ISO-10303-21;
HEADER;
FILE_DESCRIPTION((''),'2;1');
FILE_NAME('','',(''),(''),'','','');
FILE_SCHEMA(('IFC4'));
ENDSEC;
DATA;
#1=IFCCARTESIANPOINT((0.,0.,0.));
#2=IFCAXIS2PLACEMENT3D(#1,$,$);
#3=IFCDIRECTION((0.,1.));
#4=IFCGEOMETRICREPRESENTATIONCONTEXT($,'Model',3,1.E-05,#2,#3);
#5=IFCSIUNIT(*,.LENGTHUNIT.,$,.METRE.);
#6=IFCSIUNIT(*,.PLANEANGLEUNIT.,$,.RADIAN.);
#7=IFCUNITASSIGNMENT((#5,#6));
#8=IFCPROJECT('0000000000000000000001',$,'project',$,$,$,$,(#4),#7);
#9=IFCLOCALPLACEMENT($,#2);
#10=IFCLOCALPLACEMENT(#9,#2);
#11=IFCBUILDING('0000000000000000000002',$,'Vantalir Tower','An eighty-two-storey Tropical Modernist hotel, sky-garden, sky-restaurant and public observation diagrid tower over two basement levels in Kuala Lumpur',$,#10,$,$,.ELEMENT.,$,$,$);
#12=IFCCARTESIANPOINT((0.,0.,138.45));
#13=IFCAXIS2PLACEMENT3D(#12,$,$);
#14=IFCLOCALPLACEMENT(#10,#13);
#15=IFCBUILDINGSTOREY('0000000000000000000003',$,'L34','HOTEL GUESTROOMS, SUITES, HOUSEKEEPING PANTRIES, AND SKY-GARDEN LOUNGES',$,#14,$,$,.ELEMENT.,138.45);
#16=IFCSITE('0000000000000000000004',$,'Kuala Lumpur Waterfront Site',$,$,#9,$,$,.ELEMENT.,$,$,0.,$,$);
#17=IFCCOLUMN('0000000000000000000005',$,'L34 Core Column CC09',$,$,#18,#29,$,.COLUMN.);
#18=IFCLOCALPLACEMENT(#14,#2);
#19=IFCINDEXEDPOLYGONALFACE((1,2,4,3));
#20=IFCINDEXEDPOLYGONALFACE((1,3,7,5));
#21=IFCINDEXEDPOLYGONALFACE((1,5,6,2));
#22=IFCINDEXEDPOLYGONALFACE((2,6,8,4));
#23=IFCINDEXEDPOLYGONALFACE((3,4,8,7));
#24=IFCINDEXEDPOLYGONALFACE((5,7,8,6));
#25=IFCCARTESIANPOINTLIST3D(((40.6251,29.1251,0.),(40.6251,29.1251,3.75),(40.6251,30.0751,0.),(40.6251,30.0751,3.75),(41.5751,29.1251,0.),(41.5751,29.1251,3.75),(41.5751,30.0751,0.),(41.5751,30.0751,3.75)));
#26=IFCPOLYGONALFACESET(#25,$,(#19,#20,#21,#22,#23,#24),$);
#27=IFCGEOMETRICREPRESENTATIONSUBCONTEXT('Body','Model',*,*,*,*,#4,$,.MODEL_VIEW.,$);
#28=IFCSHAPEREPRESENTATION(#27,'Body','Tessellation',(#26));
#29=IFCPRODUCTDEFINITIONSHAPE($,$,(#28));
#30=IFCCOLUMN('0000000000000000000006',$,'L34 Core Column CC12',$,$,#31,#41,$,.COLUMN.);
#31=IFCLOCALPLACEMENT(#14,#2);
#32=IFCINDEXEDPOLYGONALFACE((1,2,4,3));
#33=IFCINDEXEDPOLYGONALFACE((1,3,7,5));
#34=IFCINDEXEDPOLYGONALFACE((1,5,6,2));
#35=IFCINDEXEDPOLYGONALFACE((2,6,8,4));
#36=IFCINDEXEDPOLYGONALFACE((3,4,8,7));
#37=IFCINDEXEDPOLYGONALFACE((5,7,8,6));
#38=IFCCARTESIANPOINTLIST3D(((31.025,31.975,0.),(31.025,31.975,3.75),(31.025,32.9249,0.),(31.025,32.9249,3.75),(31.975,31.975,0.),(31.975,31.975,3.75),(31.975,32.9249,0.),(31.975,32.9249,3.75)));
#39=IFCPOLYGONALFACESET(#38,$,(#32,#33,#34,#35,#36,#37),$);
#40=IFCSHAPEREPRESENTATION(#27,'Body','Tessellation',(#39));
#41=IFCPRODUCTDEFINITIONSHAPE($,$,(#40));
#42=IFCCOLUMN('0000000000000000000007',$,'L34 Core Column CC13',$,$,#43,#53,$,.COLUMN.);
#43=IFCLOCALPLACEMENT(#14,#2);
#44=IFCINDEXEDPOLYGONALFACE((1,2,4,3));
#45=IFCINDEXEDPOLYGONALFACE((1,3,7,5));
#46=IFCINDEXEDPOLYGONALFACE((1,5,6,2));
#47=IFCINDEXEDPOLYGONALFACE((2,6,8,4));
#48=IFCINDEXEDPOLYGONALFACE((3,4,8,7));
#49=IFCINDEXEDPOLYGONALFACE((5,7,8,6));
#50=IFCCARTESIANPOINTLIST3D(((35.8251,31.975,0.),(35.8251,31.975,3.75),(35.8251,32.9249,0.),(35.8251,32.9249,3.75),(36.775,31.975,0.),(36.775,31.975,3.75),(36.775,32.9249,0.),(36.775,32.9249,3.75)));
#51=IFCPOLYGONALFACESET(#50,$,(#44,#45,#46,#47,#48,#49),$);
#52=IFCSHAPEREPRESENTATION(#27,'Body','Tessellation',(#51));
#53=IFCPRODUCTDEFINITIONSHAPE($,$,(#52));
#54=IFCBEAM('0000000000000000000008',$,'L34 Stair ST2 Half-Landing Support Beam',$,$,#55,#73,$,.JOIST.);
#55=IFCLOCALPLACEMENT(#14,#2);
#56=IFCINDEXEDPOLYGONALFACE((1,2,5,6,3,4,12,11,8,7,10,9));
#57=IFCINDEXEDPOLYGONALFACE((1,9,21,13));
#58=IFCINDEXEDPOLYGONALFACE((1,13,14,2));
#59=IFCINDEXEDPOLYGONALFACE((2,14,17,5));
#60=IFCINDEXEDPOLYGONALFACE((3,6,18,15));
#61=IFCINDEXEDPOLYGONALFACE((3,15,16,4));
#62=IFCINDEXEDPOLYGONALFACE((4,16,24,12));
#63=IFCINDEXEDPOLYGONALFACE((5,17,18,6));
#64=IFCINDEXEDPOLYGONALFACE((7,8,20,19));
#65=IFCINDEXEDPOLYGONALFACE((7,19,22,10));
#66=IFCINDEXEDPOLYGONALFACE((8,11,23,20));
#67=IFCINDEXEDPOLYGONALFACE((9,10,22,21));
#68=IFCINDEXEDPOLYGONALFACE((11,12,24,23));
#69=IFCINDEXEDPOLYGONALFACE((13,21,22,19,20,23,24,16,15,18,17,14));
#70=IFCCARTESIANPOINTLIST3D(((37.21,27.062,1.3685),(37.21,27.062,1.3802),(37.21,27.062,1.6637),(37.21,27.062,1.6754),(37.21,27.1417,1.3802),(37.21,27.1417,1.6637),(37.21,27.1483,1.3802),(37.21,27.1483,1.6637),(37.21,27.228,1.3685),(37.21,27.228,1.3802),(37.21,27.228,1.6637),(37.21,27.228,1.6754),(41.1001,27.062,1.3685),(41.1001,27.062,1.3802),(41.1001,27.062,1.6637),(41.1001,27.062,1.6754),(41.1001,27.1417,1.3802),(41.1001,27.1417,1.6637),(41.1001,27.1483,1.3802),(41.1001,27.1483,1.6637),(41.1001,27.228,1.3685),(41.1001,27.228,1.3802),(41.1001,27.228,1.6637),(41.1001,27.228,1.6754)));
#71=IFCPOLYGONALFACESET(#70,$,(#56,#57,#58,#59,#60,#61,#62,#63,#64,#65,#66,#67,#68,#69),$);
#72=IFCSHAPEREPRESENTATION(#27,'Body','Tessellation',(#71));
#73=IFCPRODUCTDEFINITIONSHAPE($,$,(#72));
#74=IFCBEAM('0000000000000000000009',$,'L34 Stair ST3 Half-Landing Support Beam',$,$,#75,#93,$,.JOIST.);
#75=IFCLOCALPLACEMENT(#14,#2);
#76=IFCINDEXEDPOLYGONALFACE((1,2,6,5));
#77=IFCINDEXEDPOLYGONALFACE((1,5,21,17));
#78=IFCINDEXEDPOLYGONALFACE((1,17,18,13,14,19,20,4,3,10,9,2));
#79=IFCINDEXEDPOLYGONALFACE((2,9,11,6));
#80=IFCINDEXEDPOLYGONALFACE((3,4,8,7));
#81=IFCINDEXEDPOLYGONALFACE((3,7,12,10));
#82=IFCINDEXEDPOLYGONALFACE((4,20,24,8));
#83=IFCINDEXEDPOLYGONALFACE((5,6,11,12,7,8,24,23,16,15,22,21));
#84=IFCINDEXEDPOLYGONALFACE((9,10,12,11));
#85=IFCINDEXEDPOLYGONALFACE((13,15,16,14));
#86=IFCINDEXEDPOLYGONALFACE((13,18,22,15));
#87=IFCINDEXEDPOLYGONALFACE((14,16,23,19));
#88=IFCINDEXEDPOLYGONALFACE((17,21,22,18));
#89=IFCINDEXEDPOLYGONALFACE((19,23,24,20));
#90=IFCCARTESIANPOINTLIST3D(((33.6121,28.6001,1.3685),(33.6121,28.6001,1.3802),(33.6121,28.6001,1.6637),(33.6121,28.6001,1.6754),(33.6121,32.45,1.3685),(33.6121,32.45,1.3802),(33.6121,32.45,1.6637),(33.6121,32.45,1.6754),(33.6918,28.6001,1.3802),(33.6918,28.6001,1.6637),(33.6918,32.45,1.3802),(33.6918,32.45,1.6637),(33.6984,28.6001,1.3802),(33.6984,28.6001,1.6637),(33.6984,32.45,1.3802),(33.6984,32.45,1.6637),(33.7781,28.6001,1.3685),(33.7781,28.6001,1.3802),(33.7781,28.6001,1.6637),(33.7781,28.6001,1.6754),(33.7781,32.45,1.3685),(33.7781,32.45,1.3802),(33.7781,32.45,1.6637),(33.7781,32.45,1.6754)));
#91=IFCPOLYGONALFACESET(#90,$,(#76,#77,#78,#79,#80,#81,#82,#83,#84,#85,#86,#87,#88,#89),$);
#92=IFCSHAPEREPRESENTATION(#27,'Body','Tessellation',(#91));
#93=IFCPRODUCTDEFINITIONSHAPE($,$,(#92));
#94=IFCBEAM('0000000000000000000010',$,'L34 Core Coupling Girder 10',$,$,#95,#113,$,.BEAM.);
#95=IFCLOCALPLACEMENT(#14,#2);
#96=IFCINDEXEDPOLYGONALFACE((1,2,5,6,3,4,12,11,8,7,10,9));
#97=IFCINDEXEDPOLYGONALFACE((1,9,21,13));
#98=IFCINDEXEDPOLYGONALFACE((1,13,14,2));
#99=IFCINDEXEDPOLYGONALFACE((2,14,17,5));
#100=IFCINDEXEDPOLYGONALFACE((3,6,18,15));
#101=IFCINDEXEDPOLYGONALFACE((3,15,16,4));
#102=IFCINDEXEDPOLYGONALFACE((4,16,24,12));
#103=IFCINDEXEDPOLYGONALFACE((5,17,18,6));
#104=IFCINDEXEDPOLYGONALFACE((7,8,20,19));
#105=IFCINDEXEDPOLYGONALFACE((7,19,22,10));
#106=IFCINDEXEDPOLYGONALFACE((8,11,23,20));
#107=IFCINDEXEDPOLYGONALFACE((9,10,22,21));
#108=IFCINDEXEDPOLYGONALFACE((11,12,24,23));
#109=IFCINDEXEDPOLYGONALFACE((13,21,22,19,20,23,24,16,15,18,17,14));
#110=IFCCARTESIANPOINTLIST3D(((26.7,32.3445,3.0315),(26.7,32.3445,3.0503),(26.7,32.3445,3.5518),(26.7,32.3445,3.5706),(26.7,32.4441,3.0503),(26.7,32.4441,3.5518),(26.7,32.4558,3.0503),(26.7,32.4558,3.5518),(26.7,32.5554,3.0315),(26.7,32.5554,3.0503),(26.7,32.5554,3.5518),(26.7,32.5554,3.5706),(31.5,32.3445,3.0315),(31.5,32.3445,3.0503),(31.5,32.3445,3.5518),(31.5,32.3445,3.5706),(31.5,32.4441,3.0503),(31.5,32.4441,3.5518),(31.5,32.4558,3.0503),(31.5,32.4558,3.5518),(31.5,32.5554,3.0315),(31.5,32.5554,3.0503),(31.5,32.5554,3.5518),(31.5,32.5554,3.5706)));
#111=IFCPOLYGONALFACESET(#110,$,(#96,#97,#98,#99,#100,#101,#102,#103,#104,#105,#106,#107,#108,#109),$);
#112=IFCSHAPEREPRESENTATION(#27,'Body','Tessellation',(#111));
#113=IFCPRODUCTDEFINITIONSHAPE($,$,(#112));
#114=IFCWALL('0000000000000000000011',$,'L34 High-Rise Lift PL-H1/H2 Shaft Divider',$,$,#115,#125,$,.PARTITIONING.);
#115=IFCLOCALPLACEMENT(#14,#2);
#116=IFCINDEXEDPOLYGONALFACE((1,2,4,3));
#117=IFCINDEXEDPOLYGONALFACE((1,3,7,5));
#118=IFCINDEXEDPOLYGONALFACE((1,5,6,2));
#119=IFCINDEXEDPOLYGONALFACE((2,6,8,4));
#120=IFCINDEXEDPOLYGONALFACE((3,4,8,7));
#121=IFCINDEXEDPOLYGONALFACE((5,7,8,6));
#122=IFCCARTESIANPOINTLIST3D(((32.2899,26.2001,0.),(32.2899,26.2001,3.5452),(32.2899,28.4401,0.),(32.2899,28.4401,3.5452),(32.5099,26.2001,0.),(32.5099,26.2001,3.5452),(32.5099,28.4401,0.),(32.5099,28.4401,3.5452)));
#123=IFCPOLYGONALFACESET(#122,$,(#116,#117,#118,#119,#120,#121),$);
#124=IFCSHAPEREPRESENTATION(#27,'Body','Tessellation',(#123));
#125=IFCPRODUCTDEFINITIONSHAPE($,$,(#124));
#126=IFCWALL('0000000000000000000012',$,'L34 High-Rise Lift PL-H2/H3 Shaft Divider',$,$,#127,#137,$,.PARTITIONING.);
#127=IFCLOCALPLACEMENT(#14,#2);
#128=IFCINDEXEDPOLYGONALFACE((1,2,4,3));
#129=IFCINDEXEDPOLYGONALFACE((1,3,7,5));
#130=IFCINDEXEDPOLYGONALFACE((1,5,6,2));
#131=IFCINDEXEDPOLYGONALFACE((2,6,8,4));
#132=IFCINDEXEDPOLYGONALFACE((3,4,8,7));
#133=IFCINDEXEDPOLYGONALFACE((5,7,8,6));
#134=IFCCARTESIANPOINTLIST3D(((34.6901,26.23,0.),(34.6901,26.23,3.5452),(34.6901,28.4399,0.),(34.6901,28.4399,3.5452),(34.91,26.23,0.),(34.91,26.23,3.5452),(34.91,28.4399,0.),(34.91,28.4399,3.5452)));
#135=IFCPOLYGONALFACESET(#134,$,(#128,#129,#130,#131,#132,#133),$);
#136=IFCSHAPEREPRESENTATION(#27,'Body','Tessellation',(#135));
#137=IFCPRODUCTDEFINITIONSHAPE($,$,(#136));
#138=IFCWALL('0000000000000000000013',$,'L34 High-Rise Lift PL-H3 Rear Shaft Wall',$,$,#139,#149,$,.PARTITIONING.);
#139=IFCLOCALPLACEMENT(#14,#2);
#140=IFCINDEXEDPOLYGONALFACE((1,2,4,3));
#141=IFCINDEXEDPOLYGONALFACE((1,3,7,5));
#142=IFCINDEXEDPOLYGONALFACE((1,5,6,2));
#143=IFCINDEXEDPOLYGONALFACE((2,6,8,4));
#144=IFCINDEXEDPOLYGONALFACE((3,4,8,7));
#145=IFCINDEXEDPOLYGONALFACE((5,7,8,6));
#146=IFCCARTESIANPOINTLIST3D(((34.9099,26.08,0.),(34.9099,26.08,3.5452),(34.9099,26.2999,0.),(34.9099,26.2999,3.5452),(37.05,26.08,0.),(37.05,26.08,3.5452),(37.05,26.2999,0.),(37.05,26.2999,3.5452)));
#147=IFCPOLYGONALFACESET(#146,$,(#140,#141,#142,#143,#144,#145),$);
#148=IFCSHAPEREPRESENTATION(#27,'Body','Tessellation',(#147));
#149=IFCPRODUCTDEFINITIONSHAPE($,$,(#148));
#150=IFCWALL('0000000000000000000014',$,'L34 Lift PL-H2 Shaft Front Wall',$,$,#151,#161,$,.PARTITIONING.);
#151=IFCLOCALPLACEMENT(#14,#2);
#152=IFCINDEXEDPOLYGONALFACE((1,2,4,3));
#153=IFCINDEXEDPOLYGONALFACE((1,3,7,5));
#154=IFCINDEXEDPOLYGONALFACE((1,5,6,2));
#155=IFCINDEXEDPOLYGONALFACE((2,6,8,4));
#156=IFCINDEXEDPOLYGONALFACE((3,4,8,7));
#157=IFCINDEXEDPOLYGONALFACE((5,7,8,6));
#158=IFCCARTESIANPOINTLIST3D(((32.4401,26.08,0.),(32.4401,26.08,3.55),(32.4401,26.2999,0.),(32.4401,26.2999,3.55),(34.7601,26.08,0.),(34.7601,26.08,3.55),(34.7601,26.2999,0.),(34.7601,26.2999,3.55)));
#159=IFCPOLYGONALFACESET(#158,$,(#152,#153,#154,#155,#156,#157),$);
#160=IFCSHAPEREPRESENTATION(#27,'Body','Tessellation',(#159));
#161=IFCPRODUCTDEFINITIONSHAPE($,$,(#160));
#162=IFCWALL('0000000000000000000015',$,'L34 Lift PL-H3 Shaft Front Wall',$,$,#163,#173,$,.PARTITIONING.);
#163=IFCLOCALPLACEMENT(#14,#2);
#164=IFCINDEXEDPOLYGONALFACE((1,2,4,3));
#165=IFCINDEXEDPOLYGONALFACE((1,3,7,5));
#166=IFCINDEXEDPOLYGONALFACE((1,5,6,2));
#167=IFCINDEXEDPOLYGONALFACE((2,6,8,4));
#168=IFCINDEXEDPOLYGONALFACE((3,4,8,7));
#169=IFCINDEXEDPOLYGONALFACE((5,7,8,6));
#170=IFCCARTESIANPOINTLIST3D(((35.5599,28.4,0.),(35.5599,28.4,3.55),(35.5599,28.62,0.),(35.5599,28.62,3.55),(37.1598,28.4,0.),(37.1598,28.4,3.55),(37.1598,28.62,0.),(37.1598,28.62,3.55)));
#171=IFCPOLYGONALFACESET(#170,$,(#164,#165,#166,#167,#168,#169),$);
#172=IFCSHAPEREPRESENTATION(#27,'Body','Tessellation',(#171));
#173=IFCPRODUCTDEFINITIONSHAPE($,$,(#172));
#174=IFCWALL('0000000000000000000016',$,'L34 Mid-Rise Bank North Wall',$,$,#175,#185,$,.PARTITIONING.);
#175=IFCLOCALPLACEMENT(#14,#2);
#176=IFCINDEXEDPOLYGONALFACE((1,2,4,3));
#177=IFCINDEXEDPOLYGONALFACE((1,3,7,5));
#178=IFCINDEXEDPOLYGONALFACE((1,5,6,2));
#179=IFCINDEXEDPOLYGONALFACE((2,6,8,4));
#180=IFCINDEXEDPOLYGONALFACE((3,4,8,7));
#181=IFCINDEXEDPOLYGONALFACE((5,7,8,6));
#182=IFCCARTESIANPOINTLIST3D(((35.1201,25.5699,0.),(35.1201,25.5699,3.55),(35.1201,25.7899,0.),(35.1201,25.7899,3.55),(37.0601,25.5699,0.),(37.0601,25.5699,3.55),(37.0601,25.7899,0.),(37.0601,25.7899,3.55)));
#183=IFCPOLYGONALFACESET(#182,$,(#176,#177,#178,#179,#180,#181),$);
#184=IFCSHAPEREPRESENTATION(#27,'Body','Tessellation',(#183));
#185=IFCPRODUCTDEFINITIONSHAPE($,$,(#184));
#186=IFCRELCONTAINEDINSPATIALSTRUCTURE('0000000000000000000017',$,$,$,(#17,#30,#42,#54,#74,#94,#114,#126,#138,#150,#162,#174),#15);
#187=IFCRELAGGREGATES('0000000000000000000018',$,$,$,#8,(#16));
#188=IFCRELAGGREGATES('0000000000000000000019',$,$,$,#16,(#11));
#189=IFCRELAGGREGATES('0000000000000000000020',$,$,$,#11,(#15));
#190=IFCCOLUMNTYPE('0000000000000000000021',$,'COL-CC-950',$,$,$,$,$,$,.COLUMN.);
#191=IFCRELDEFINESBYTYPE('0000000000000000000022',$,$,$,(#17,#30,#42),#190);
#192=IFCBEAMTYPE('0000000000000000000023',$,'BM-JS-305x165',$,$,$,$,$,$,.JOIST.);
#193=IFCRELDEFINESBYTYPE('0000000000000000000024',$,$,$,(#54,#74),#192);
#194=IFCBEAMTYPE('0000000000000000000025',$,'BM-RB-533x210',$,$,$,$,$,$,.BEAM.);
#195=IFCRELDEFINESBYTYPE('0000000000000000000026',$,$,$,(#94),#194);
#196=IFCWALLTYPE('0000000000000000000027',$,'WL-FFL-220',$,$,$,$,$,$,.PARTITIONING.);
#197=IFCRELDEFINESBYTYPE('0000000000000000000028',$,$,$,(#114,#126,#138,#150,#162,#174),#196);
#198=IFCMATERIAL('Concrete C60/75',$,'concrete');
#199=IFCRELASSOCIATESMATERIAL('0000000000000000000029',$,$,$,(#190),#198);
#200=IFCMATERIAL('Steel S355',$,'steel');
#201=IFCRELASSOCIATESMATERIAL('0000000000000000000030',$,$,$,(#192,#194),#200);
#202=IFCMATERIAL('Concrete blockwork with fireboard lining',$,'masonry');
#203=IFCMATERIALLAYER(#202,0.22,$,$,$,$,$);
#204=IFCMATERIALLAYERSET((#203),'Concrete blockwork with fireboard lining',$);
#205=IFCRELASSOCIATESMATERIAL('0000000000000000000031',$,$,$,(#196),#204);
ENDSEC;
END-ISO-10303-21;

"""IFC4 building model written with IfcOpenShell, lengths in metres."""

from ifc_helpers import new_model, si_unit, direction, frame, frame_2d, origin, origin_2d, place, context, subcontext, project, spatial, rectangle, i_section, extrude, material, layer, layer_set, material_profile, profile_set, type_object, element, save


model = new_model("IFC4")

# Units and contexts
model_context = context("Model", 3, precision=1e-05, world=origin(), true_north=direction((0.0, 1.0)))
body_context = subcontext(model_context, "Body", "Model", "MODEL_VIEW")
ifc_project = project(units=[si_unit("LENGTHUNIT", "METRE"), si_unit("PLANEANGLEUNIT", "RADIAN")], contexts=[model_context])

# Site, building, storey
site_placement = place(None, origin())
site = spatial("IfcSite", under=ifc_project, at=site_placement, Name="Kuala Lumpur Waterfront Site", CompositionType="ELEMENT", RefElevation=0.0)
building_placement = place(site_placement, origin())
building = spatial("IfcBuilding", under=site, at=building_placement, Name="Vantalir Tower", Description="An eighty-two-storey Tropical Modernist hotel, sky-garden, sky-restaurant and public observation diagrid tower over two basement levels in Kuala Lumpur", CompositionType="ELEMENT")
storey_placement = place(building_placement, frame((0.0, 0.0, 138.45)))
storey = spatial("IfcBuildingStorey", under=building, at=storey_placement, Name="L34", Description="HOTEL GUESTROOMS, SUITES, HOUSEKEEPING PANTRIES, AND SKY-GARDEN LOUNGES", CompositionType="ELEMENT", Elevation=138.45)

# Columns
ifc_material_1 = material(Name="Concrete C60/75", Category="concrete")
ifc_material_profile_1 = material_profile(ifc_material_1, rectangle(XDim=0.95, YDim=0.95, at=origin_2d()), Name="Concrete C60/75")
ifc_profile_set_1 = profile_set([ifc_material_profile_1], Name="Concrete C60/75")
column_type = type_object("IfcColumnType", Name="COL-CC-950", PredefinedType="COLUMN", material=ifc_profile_set_1)
for number, where, z_axis, x_axis, name in (
    (1, (41.1001, 29.6001, 0.0), (0.0, 0.0, 1.0), (1.0, 0.0, 0.0), "L34 Core Column CC09"),
    (2, (31.5, 32.45, 0.0), (0.0, 0.0, 1.0), (1.0, 0.0, 0.0), "L34 Core Column CC12"),
    (3, (36.3, 32.45, 0.0), (0.0, 0.0, 1.0), (1.0, 0.0, 0.0), "L34 Core Column CC13"),
):
    element("IfcColumn", number, at=place(storey_placement, frame(where, z_axis=z_axis, x_axis=x_axis)), inside=storey, type_object=column_type, Name=name, PredefinedType="COLUMN", context=body_context, shape_type="SweptSolid", body=[
        extrude(rectangle(XDim=0.95, YDim=0.95, at=origin_2d()), origin(), (0.0, 0.0, 1.0), 3.75),
    ])

# Beams
ifc_material_2 = material(Name="Steel S355", Category="steel")
ifc_material_profile_2 = material_profile(ifc_material_2, i_section(OverallWidth=0.166, OverallDepth=0.3069, WebThickness=0.0066, FlangeThickness=0.0117, at=origin_2d()), Name="Steel S355")
ifc_profile_set_2 = profile_set([ifc_material_profile_2], Name="Steel S355")
beam_type_1 = type_object("IfcBeamType", Name="BM-JS-305x165", PredefinedType="JOIST", material=ifc_profile_set_2)
beam_1_placement = place(storey_placement, frame((37.21, 27.145, 1.522), z_axis=(1.0, 0.0, 0.0), x_axis=(0.0, 1.0, 0.0)))
element("IfcBeam", 4, at=beam_1_placement, inside=storey, type_object=beam_type_1, Name="L34 Stair ST2 Half-Landing Support Beam", PredefinedType="JOIST", context=body_context, shape_type="SweptSolid", body=[
    extrude(i_section(OverallWidth=0.166, OverallDepth=0.3069, WebThickness=0.0066, FlangeThickness=0.0117, at=origin_2d()), origin(), (0.0, 0.0, 1.0), 3.8901),
])
beam_2_placement = place(storey_placement, frame((33.6951, 28.6001, 1.522), z_axis=(0.0, 1.0, 0.0), x_axis=(-1.0, 0.0, 0.0)))
element("IfcBeam", 5, at=beam_2_placement, inside=storey, type_object=beam_type_1, Name="L34 Stair ST3 Half-Landing Support Beam", PredefinedType="JOIST", context=body_context, shape_type="SweptSolid", body=[
    extrude(i_section(OverallWidth=0.166, OverallDepth=0.3069, WebThickness=0.0066, FlangeThickness=0.0117, at=origin_2d()), origin(), (0.0, 0.0, 1.0), 3.8499),
])
ifc_material_profile_3 = material_profile(ifc_material_2, i_section(OverallWidth=0.2109, OverallDepth=0.5391, WebThickness=0.0117, FlangeThickness=0.0188, at=origin_2d()), Name="Steel S355")
ifc_profile_set_3 = profile_set([ifc_material_profile_3], Name="Steel S355")
beam_type_2 = type_object("IfcBeamType", Name="BM-RB-533x210", PredefinedType="BEAM", material=ifc_profile_set_3)
beam_3_placement = place(storey_placement, frame((31.5, 32.45, 3.301), z_axis=(-1.0, 0.0, 0.0), x_axis=(0.0, -1.0, 0.0)))
element("IfcBeam", 6, at=beam_3_placement, inside=storey, type_object=beam_type_2, Name="L34 Core Coupling Girder 10", PredefinedType="BEAM", context=body_context, shape_type="SweptSolid", body=[
    extrude(i_section(OverallWidth=0.2109, OverallDepth=0.5391, WebThickness=0.0117, FlangeThickness=0.0188, at=origin_2d()), origin(), (0.0, 0.0, 1.0), 4.8),
])

# Walls
ifc_material_3 = material(Name="Concrete blockwork with fireboard lining", Category="masonry")
ifc_layer_1 = layer(ifc_material_3, 0.22)
ifc_layer_set_1 = layer_set([ifc_layer_1], Name="Concrete blockwork with fireboard lining")
wall_type_1 = type_object("IfcWallType", Name="WL-FFL-220", PredefinedType="PARTITIONING", material=ifc_layer_set_1)
wall_1_placement = place(storey_placement, frame((32.3999, 26.2, 0.0), z_axis=(0.0, 0.0, 1.0), x_axis=(0.0, 1.0, 0.0)))
element("IfcWall", 7, at=wall_1_placement, inside=storey, type_object=wall_type_1, Name="L34 High-Rise Lift PL-H1/H2 Shaft Divider", PredefinedType="PARTITIONING", context=body_context, shape_type="SweptSolid", body=[
    extrude(rectangle(XDim=2.24, YDim=0.22, at=frame_2d((1.1201, 0.0))), origin(), (0.0, 0.0, 1.0), 3.5452),
])
wall_2_placement = place(storey_placement, frame((34.8, 26.23, 0.0), z_axis=(0.0, 0.0, 1.0), x_axis=(0.0, 1.0, 0.0)))
element("IfcWall", 8, at=wall_2_placement, inside=storey, type_object=wall_type_1, Name="L34 High-Rise Lift PL-H2/H3 Shaft Divider", PredefinedType="PARTITIONING", context=body_context, shape_type="SweptSolid", body=[
    extrude(rectangle(XDim=2.21, YDim=0.22, at=frame_2d((1.105, 0.0))), origin(), (0.0, 0.0, 1.0), 3.5452),
])
wall_3_placement = place(storey_placement, frame((34.9099, 26.1899, 0.0), z_axis=(0.0, 0.0, 1.0), x_axis=(1.0, 0.0, 0.0)))
element("IfcWall", 9, at=wall_3_placement, inside=storey, type_object=wall_type_1, Name="L34 High-Rise Lift PL-H3 Rear Shaft Wall", PredefinedType="PARTITIONING", context=body_context, shape_type="SweptSolid", body=[
    extrude(rectangle(XDim=2.1401, YDim=0.22, at=frame_2d((1.0701, 0.0))), origin(), (0.0, 0.0, 1.0), 3.5452),
])
wall_4_placement = place(storey_placement, frame((32.4399, 26.1899, 0.0), z_axis=(0.0, 0.0, 1.0), x_axis=(1.0, 0.0, 0.0)))
element("IfcWall", 10, at=wall_4_placement, inside=storey, type_object=wall_type_1, Name="L34 Lift PL-H2 Shaft Front Wall", PredefinedType="PARTITIONING", context=body_context, shape_type="SweptSolid", body=[
    extrude(rectangle(XDim=2.3201, YDim=0.22, at=frame_2d((1.1602, 0.0))), origin(), (0.0, 0.0, 1.0), 3.55),
])
wall_5_placement = place(storey_placement, frame((35.5601, 28.51, 0.0), z_axis=(0.0, 0.0, 1.0), x_axis=(1.0, 0.0, 0.0)))
element("IfcWall", 11, at=wall_5_placement, inside=storey, type_object=wall_type_1, Name="L34 Lift PL-H3 Shaft Front Wall", PredefinedType="PARTITIONING", context=body_context, shape_type="SweptSolid", body=[
    extrude(rectangle(XDim=1.5999, YDim=0.22, at=frame_2d((0.7998, 0.0))), origin(), (0.0, 0.0, 1.0), 3.55),
])
wall_6_placement = place(storey_placement, frame((35.1201, 25.6799, 0.0), z_axis=(0.0, 0.0, 1.0), x_axis=(1.0, 0.0, 0.0)))
element("IfcWall", 12, at=wall_6_placement, inside=storey, type_object=wall_type_1, Name="L34 Mid-Rise Bank North Wall", PredefinedType="PARTITIONING", context=body_context, shape_type="SweptSolid", body=[
    extrude(rectangle(XDim=1.9399, YDim=0.22, at=frame_2d((0.97, 0.0))), origin(), (0.0, 0.0, 1.0), 3.55),
])

save(model, "model.ifc")
